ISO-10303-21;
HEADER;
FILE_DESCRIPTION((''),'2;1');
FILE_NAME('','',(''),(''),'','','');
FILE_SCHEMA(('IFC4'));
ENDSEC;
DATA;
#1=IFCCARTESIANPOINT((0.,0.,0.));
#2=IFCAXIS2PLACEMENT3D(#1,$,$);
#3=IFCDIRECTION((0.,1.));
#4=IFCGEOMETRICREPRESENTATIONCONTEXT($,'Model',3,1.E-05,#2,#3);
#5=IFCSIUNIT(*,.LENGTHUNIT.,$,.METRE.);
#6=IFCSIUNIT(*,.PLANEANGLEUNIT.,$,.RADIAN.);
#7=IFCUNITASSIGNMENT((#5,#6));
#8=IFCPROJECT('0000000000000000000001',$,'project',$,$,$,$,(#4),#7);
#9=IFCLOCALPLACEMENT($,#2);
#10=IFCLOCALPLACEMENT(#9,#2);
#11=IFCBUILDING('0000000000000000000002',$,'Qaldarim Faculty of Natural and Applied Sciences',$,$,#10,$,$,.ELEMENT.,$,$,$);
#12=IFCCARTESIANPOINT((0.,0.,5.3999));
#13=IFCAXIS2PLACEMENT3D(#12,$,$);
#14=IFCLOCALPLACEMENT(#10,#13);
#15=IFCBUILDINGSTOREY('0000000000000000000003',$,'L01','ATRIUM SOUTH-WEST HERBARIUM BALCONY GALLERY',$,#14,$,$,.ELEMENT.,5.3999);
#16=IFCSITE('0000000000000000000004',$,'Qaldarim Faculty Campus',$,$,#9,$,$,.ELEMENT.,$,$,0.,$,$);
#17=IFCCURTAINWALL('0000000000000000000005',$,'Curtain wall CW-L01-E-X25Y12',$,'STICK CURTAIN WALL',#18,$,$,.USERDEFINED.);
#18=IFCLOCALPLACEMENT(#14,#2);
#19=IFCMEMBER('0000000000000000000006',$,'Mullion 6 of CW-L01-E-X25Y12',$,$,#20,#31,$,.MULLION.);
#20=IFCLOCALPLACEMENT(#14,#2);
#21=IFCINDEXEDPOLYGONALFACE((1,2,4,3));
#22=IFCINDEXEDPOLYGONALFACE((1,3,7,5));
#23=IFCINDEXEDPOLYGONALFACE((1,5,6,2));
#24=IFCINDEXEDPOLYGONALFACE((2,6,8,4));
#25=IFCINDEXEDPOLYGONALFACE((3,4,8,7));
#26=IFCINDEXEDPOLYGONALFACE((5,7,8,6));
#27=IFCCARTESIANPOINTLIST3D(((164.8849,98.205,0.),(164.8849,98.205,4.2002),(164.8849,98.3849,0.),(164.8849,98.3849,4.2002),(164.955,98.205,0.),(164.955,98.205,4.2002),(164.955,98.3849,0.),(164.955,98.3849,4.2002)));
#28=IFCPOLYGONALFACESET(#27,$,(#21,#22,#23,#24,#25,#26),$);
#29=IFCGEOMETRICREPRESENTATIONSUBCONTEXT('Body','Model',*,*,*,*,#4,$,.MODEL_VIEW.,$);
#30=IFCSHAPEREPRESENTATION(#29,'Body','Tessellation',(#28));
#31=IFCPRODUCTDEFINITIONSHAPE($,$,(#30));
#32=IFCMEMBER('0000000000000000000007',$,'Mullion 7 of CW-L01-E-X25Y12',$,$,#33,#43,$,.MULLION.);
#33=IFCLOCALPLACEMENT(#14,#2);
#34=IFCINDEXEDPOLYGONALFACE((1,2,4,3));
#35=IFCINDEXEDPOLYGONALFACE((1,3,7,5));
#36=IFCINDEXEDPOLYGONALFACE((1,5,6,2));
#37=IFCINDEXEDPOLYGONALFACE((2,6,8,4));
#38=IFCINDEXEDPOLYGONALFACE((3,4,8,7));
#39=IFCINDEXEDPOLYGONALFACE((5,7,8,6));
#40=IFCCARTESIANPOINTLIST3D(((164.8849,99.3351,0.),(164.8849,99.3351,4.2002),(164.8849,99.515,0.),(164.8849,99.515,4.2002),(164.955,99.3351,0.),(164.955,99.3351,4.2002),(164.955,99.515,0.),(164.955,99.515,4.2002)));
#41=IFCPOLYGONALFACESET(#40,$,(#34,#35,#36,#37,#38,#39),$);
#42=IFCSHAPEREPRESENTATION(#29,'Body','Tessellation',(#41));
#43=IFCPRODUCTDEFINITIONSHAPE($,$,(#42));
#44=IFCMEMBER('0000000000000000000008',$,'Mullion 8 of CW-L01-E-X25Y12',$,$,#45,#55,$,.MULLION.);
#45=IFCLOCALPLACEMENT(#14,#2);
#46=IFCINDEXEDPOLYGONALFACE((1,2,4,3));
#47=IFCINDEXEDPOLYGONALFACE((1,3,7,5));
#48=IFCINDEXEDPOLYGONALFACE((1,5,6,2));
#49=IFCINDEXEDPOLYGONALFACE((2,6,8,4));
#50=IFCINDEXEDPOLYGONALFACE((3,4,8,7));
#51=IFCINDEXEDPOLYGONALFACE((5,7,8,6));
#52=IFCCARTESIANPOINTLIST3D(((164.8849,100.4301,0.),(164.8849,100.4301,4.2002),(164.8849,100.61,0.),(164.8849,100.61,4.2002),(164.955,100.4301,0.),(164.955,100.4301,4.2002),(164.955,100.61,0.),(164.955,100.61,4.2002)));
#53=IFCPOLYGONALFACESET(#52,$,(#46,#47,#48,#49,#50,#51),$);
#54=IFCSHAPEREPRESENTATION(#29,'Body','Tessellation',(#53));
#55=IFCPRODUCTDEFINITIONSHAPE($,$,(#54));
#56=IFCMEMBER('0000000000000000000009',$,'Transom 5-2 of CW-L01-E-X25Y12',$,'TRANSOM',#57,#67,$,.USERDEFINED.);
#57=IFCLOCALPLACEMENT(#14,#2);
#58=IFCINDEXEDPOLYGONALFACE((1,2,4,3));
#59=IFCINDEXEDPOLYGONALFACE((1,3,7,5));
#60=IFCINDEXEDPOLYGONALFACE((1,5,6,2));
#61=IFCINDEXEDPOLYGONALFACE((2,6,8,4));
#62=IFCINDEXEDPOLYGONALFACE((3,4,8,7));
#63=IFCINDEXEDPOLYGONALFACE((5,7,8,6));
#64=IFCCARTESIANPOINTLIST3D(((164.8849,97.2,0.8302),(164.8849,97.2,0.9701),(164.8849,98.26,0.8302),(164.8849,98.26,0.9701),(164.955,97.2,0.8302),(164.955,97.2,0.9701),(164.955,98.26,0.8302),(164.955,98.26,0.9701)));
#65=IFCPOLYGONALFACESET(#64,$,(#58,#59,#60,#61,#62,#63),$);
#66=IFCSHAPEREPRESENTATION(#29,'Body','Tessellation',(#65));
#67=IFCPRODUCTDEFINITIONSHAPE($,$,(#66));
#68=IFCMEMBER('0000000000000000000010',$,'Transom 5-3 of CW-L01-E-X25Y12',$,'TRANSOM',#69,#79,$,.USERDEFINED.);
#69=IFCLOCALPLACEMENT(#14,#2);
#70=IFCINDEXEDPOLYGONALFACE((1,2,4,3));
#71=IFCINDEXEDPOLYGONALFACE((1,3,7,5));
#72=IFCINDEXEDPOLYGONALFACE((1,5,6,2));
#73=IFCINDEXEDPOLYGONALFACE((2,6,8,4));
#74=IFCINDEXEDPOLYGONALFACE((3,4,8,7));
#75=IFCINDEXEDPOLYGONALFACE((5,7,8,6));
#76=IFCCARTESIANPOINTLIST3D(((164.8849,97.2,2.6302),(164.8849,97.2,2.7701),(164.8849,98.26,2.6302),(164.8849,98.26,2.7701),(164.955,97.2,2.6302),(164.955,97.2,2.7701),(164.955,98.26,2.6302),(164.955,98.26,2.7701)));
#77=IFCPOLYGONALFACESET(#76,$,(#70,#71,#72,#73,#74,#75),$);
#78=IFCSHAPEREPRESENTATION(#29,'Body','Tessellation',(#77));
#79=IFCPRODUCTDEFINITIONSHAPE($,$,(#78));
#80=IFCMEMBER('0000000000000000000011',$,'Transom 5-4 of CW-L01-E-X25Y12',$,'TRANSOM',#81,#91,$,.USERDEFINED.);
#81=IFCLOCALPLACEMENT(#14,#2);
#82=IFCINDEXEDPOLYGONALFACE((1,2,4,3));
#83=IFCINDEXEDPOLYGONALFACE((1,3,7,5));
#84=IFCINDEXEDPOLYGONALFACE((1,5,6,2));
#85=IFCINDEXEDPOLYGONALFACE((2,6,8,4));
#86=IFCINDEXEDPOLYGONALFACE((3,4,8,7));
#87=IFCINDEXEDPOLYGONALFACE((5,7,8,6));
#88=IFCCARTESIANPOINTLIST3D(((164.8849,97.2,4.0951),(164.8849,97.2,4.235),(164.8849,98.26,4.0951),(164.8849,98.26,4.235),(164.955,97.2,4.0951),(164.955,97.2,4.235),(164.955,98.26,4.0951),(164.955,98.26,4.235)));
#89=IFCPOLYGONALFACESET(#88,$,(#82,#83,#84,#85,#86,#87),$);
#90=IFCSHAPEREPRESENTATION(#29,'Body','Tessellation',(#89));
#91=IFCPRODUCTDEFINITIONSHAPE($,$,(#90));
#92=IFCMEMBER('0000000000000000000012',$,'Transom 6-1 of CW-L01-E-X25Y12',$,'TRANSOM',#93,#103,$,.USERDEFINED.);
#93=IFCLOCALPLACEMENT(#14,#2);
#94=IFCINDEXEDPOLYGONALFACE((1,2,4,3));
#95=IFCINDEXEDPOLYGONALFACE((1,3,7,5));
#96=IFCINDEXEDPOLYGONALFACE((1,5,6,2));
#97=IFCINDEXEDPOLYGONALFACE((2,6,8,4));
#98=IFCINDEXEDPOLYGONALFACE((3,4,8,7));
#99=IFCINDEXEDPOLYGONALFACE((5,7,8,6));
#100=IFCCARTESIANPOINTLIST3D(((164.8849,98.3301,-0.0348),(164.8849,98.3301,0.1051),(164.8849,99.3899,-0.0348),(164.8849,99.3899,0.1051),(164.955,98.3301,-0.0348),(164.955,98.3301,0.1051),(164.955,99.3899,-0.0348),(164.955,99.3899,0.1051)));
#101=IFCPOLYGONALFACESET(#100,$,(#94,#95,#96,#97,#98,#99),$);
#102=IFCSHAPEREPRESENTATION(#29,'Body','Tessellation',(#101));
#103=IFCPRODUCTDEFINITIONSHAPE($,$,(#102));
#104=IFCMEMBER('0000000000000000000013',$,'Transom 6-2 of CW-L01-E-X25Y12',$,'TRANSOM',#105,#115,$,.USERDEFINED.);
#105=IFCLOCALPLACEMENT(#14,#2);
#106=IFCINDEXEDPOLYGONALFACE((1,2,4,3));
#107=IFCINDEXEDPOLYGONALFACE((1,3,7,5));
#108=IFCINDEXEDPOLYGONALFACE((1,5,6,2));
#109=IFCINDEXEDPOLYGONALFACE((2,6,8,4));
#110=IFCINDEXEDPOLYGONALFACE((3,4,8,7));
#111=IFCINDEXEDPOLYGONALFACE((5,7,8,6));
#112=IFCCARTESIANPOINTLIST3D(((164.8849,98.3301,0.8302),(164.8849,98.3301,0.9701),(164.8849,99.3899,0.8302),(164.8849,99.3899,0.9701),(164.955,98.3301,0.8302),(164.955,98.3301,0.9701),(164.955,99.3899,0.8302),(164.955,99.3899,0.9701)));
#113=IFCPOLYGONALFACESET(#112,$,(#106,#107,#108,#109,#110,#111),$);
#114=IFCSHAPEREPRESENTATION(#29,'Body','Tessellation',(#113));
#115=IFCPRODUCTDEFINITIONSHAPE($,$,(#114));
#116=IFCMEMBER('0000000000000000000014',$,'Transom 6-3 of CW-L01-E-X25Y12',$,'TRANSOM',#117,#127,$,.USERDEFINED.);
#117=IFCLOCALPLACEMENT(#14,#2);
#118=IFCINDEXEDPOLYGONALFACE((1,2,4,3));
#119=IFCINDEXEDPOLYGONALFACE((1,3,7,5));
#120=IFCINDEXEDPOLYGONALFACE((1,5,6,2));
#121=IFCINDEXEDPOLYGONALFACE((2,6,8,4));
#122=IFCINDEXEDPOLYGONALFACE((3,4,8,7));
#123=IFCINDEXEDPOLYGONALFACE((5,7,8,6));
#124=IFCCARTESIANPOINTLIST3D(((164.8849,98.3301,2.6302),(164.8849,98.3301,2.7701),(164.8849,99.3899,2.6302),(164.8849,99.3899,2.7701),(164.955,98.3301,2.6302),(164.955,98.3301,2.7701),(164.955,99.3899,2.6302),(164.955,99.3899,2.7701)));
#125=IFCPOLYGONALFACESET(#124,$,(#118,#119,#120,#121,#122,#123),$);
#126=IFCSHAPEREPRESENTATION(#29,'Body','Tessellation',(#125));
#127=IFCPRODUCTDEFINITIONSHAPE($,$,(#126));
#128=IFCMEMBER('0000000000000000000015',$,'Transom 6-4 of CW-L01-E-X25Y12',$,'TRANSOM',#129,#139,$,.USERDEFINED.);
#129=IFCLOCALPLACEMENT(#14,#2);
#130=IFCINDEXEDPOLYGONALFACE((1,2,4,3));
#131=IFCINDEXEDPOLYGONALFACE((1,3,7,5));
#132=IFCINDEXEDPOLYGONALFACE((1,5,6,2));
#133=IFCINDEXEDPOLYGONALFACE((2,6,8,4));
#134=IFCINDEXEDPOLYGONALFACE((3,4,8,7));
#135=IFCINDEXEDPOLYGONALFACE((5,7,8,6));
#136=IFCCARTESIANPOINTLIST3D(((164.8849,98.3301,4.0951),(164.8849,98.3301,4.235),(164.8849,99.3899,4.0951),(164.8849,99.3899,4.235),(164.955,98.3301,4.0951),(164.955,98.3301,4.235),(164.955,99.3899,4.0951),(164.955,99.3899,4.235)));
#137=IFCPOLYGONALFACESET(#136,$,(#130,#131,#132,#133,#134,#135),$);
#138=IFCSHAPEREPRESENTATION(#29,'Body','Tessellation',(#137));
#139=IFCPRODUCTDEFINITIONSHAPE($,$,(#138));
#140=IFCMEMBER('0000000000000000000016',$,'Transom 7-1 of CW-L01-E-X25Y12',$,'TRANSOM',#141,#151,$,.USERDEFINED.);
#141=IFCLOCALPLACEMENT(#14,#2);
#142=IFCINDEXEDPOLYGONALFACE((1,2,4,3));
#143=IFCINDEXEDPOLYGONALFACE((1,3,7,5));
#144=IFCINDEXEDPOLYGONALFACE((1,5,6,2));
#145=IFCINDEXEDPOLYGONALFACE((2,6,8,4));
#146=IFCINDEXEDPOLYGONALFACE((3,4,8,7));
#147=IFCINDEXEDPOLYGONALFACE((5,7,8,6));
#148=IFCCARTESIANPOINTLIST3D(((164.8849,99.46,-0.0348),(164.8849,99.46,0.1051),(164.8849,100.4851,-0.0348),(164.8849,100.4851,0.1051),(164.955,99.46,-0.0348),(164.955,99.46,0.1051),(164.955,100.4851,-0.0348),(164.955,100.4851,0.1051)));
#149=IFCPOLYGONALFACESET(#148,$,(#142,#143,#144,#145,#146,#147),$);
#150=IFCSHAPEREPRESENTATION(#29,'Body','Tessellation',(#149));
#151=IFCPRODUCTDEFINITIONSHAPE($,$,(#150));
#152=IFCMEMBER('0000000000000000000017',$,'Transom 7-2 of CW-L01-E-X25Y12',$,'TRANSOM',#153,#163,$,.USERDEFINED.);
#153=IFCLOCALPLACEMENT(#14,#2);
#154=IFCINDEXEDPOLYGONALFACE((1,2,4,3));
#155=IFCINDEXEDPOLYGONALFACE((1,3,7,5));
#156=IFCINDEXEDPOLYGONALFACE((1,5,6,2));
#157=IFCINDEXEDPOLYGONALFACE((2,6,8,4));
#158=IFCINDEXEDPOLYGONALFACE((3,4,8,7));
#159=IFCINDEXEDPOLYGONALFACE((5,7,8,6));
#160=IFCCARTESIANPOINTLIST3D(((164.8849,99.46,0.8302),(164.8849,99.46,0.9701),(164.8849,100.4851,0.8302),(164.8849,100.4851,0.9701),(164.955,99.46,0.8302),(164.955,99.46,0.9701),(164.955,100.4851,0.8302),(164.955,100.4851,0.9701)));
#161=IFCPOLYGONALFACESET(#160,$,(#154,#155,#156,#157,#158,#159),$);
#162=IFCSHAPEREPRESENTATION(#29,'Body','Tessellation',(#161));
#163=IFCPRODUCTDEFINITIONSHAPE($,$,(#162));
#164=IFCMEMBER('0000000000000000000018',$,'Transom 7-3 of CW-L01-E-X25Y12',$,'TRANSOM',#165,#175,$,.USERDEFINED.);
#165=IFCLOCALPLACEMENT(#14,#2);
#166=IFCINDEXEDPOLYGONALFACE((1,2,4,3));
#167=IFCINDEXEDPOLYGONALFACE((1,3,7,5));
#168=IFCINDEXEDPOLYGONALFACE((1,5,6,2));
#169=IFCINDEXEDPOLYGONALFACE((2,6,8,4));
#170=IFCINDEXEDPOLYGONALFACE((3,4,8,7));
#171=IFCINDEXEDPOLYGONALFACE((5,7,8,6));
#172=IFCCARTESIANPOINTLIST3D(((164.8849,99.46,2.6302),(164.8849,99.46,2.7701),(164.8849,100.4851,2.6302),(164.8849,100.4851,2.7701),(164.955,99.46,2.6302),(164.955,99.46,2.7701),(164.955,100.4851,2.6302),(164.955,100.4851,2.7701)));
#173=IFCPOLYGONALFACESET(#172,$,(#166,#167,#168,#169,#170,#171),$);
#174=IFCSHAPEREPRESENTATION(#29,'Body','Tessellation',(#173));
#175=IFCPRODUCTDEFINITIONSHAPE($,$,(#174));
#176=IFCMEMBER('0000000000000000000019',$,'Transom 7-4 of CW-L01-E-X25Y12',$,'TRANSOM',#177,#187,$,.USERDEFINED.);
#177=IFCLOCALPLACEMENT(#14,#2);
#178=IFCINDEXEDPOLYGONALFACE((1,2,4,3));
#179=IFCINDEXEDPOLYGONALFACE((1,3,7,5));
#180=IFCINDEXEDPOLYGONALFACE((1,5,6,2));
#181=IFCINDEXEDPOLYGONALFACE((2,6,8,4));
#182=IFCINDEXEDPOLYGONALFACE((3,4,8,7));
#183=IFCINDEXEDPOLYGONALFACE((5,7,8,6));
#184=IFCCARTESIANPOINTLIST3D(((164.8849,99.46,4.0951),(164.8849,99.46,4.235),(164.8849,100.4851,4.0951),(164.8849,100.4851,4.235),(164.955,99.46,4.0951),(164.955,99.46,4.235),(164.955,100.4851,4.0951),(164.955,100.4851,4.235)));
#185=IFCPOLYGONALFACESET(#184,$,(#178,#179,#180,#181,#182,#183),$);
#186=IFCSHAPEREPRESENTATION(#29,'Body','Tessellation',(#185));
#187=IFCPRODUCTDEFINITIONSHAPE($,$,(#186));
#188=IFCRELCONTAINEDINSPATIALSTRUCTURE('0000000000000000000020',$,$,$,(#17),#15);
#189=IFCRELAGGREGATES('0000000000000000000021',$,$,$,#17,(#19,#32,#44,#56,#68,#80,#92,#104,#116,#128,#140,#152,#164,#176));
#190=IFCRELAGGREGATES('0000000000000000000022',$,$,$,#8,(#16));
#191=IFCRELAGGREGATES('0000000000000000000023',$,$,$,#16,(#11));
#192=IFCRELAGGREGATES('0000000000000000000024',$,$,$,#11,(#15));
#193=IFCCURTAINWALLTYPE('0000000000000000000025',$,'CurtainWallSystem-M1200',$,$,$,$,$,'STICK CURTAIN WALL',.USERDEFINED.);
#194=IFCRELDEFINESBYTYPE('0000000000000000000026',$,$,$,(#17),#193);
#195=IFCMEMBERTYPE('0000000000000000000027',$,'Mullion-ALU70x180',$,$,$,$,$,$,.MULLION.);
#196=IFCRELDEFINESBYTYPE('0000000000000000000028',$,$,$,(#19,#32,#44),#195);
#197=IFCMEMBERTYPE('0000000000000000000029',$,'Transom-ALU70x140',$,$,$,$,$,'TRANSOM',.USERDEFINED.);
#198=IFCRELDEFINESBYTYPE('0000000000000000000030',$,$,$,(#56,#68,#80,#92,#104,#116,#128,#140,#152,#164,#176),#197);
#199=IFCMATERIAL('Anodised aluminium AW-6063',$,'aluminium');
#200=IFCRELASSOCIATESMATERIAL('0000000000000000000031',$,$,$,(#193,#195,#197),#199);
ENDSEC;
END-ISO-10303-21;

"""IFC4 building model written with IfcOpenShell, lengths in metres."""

from ifc_helpers import new_model, si_unit, direction, frame, origin, origin_2d, place, context, subcontext, project, spatial, rectangle, extrude, material, material_profile, profile_set, type_object, element, aggregate, save


model = new_model("IFC4")

# Units and contexts
model_context = context("Model", 3, precision=1e-05, world=origin(), true_north=direction((0.0, 1.0)))
body_context = subcontext(model_context, "Body", "Model", "MODEL_VIEW")
ifc_project = project(units=[si_unit("LENGTHUNIT", "METRE"), si_unit("PLANEANGLEUNIT", "RADIAN")], contexts=[model_context])

# Site, building, storey
site_placement = place(None, origin())
site = spatial("IfcSite", under=ifc_project, at=site_placement, Name="Qaldarim Faculty Campus", CompositionType="ELEMENT", RefElevation=0.0)
building_placement = place(site_placement, origin())
building = spatial("IfcBuilding", under=site, at=building_placement, Name="Qaldarim Faculty of Natural and Applied Sciences", CompositionType="ELEMENT")
storey_placement = place(building_placement, frame((0.0, 0.0, 5.3999)))
storey = spatial("IfcBuildingStorey", under=building, at=storey_placement, Name="L01", Description="ATRIUM SOUTH-WEST HERBARIUM BALCONY GALLERY", CompositionType="ELEMENT", Elevation=5.3999)

# Curtain wall, members
ifc_material_1 = material(Name="Anodised aluminium AW-6063", Category="aluminium")
curtain_wall_type = type_object("IfcCurtainWallType", Name="CurtainWallSystem-M1200", ElementType="STICK CURTAIN WALL", PredefinedType="USERDEFINED", material=ifc_material_1)
curtain_wall_placement = place(storey_placement, origin())
curtain_wall = element("IfcCurtainWall", 1, at=curtain_wall_placement, inside=storey, type_object=curtain_wall_type, Name="Curtain wall CW-L01-E-X25Y12", ObjectType="STICK CURTAIN WALL", PredefinedType="USERDEFINED")
ifc_material_profile_1 = material_profile(ifc_material_1, rectangle(XDim=0.0701, YDim=0.1799, at=origin_2d()), Name="ALU-M70x180")
ifc_profile_set_1 = profile_set([ifc_material_profile_1], Name="Anodised aluminium AW-6063")
member_type_1 = type_object("IfcMemberType", Name="Mullion-ALU70x180", PredefinedType="MULLION", material=ifc_profile_set_1)
member_1_placement = place(storey_placement, frame((164.9199, 98.2949, 0.0), z_axis=(0.0, 0.0, 1.0), x_axis=(-1.0, 0.0, 0.0)))
member_1 = element("IfcMember", 2, at=member_1_placement, type_object=member_type_1, Name="Mullion 6 of CW-L01-E-X25Y12", PredefinedType="MULLION", context=body_context, shape_type="SweptSolid", body=[
    extrude(rectangle(XDim=0.0701, YDim=0.1799, at=origin_2d()), origin(), (0.0, 0.0, 1.0), 4.2002),
])
member_2_placement = place(storey_placement, frame((164.9199, 99.425, 0.0), z_axis=(0.0, 0.0, 1.0), x_axis=(-1.0, 0.0, 0.0)))
member_2 = element("IfcMember", 3, at=member_2_placement, type_object=member_type_1, Name="Mullion 7 of CW-L01-E-X25Y12", PredefinedType="MULLION", context=body_context, shape_type="SweptSolid", body=[
    extrude(rectangle(XDim=0.0701, YDim=0.1799, at=origin_2d()), origin(), (0.0, 0.0, 1.0), 4.2002),
])
member_3_placement = place(storey_placement, frame((164.9199, 100.52, 0.0), z_axis=(0.0, 0.0, 1.0), x_axis=(-1.0, 0.0, 0.0)))
member_3 = element("IfcMember", 4, at=member_3_placement, type_object=member_type_1, Name="Mullion 8 of CW-L01-E-X25Y12", PredefinedType="MULLION", context=body_context, shape_type="SweptSolid", body=[
    extrude(rectangle(XDim=0.0701, YDim=0.1799, at=origin_2d()), origin(), (0.0, 0.0, 1.0), 4.2002),
])
ifc_material_profile_2 = material_profile(ifc_material_1, rectangle(XDim=0.0701, YDim=0.1399, at=origin_2d()), Name="ALU-T70x140")
ifc_profile_set_2 = profile_set([ifc_material_profile_2], Name="Anodised aluminium AW-6063")
member_type_2 = type_object("IfcMemberType", Name="Transom-ALU70x140", ElementType="TRANSOM", PredefinedType="USERDEFINED", material=ifc_profile_set_2)
member_4_placement = place(storey_placement, frame((164.9199, 97.2, 0.9001), z_axis=(0.0, 1.0, 0.0), x_axis=(-1.0, 0.0, 0.0)))
member_4 = element("IfcMember", 5, at=member_4_placement, type_object=member_type_2, Name="Transom 5-2 of CW-L01-E-X25Y12", ObjectType="TRANSOM", PredefinedType="USERDEFINED", context=body_context, shape_type="SweptSolid", body=[
    extrude(rectangle(XDim=0.0701, YDim=0.1399, at=origin_2d()), origin(), (0.0, 0.0, 1.0), 1.0601),
])
member_5_placement = place(storey_placement, frame((164.9199, 97.2, 2.7002), z_axis=(0.0, 1.0, 0.0), x_axis=(-1.0, 0.0, 0.0)))
member_5 = element("IfcMember", 6, at=member_5_placement, type_object=member_type_2, Name="Transom 5-3 of CW-L01-E-X25Y12", ObjectType="TRANSOM", PredefinedType="USERDEFINED", context=body_context, shape_type="SweptSolid", body=[
    extrude(rectangle(XDim=0.0701, YDim=0.1399, at=origin_2d()), origin(), (0.0, 0.0, 1.0), 1.0601),
])
member_6_placement = place(storey_placement, frame((164.9199, 97.2, 4.165), z_axis=(0.0, 1.0, 0.0), x_axis=(-1.0, 0.0, 0.0)))
member_6 = element("IfcMember", 7, at=member_6_placement, type_object=member_type_2, Name="Transom 5-4 of CW-L01-E-X25Y12", ObjectType="TRANSOM", PredefinedType="USERDEFINED", context=body_context, shape_type="SweptSolid", body=[
    extrude(rectangle(XDim=0.0701, YDim=0.1399, at=origin_2d()), origin(), (0.0, 0.0, 1.0), 1.0601),
])
member_7_placement = place(storey_placement, frame((164.9199, 98.3301, 0.0352), z_axis=(0.0, 1.0, 0.0), x_axis=(-1.0, 0.0, 0.0)))
member_7 = element("IfcMember", 8, at=member_7_placement, type_object=member_type_2, Name="Transom 6-1 of CW-L01-E-X25Y12", ObjectType="TRANSOM", PredefinedType="USERDEFINED", context=body_context, shape_type="SweptSolid", body=[
    extrude(rectangle(XDim=0.0701, YDim=0.1399, at=origin_2d()), origin(), (0.0, 0.0, 1.0), 1.0598),
])
member_8_placement = place(storey_placement, frame((164.9199, 98.3301, 0.9001), z_axis=(0.0, 1.0, 0.0), x_axis=(-1.0, 0.0, 0.0)))
member_8 = element("IfcMember", 9, at=member_8_placement, type_object=member_type_2, Name="Transom 6-2 of CW-L01-E-X25Y12", ObjectType="TRANSOM", PredefinedType="USERDEFINED", context=body_context, shape_type="SweptSolid", body=[
    extrude(rectangle(XDim=0.0701, YDim=0.1399, at=origin_2d()), origin(), (0.0, 0.0, 1.0), 1.0598),
])
member_9_placement = place(storey_placement, frame((164.9199, 98.3301, 2.7002), z_axis=(0.0, 1.0, 0.0), x_axis=(-1.0, 0.0, 0.0)))
member_9 = element("IfcMember", 10, at=member_9_placement, type_object=member_type_2, Name="Transom 6-3 of CW-L01-E-X25Y12", ObjectType="TRANSOM", PredefinedType="USERDEFINED", context=body_context, shape_type="SweptSolid", body=[
    extrude(rectangle(XDim=0.0701, YDim=0.1399, at=origin_2d()), origin(), (0.0, 0.0, 1.0), 1.0598),
])
member_10_placement = place(storey_placement, frame((164.9199, 98.3301, 4.165), z_axis=(0.0, 1.0, 0.0), x_axis=(-1.0, 0.0, 0.0)))
member_10 = element("IfcMember", 11, at=member_10_placement, type_object=member_type_2, Name="Transom 6-4 of CW-L01-E-X25Y12", ObjectType="TRANSOM", PredefinedType="USERDEFINED", context=body_context, shape_type="SweptSolid", body=[
    extrude(rectangle(XDim=0.0701, YDim=0.1399, at=origin_2d()), origin(), (0.0, 0.0, 1.0), 1.0598),
])
member_11_placement = place(storey_placement, frame((164.9199, 99.46, 0.0352), z_axis=(0.0, 1.0, 0.0), x_axis=(-1.0, 0.0, 0.0)))
member_11 = element("IfcMember", 12, at=member_11_placement, type_object=member_type_2, Name="Transom 7-1 of CW-L01-E-X25Y12", ObjectType="TRANSOM", PredefinedType="USERDEFINED", context=body_context, shape_type="SweptSolid", body=[
    extrude(rectangle(XDim=0.0701, YDim=0.1399, at=origin_2d()), origin(), (0.0, 0.0, 1.0), 1.0251),
])
member_12_placement = place(storey_placement, frame((164.9199, 99.46, 0.9001), z_axis=(0.0, 1.0, 0.0), x_axis=(-1.0, 0.0, 0.0)))
member_12 = element("IfcMember", 13, at=member_12_placement, type_object=member_type_2, Name="Transom 7-2 of CW-L01-E-X25Y12", ObjectType="TRANSOM", PredefinedType="USERDEFINED", context=body_context, shape_type="SweptSolid", body=[
    extrude(rectangle(XDim=0.0701, YDim=0.1399, at=origin_2d()), origin(), (0.0, 0.0, 1.0), 1.0251),
])
member_13_placement = place(storey_placement, frame((164.9199, 99.46, 2.7002), z_axis=(0.0, 1.0, 0.0), x_axis=(-1.0, 0.0, 0.0)))
member_13 = element("IfcMember", 14, at=member_13_placement, type_object=member_type_2, Name="Transom 7-3 of CW-L01-E-X25Y12", ObjectType="TRANSOM", PredefinedType="USERDEFINED", context=body_context, shape_type="SweptSolid", body=[
    extrude(rectangle(XDim=0.0701, YDim=0.1399, at=origin_2d()), origin(), (0.0, 0.0, 1.0), 1.0251),
])
member_14_placement = place(storey_placement, frame((164.9199, 99.46, 4.165), z_axis=(0.0, 1.0, 0.0), x_axis=(-1.0, 0.0, 0.0)))
member_14 = element("IfcMember", 15, at=member_14_placement, type_object=member_type_2, Name="Transom 7-4 of CW-L01-E-X25Y12", ObjectType="TRANSOM", PredefinedType="USERDEFINED", context=body_context, shape_type="SweptSolid", body=[
    extrude(rectangle(XDim=0.0701, YDim=0.1399, at=origin_2d()), origin(), (0.0, 0.0, 1.0), 1.0251),
])
aggregate(curtain_wall, [member_1, member_2, member_3, member_4, member_5, member_6, member_7, member_8, member_9, member_10, member_11, member_12, member_13, member_14])

save(model, "model.ifc")
